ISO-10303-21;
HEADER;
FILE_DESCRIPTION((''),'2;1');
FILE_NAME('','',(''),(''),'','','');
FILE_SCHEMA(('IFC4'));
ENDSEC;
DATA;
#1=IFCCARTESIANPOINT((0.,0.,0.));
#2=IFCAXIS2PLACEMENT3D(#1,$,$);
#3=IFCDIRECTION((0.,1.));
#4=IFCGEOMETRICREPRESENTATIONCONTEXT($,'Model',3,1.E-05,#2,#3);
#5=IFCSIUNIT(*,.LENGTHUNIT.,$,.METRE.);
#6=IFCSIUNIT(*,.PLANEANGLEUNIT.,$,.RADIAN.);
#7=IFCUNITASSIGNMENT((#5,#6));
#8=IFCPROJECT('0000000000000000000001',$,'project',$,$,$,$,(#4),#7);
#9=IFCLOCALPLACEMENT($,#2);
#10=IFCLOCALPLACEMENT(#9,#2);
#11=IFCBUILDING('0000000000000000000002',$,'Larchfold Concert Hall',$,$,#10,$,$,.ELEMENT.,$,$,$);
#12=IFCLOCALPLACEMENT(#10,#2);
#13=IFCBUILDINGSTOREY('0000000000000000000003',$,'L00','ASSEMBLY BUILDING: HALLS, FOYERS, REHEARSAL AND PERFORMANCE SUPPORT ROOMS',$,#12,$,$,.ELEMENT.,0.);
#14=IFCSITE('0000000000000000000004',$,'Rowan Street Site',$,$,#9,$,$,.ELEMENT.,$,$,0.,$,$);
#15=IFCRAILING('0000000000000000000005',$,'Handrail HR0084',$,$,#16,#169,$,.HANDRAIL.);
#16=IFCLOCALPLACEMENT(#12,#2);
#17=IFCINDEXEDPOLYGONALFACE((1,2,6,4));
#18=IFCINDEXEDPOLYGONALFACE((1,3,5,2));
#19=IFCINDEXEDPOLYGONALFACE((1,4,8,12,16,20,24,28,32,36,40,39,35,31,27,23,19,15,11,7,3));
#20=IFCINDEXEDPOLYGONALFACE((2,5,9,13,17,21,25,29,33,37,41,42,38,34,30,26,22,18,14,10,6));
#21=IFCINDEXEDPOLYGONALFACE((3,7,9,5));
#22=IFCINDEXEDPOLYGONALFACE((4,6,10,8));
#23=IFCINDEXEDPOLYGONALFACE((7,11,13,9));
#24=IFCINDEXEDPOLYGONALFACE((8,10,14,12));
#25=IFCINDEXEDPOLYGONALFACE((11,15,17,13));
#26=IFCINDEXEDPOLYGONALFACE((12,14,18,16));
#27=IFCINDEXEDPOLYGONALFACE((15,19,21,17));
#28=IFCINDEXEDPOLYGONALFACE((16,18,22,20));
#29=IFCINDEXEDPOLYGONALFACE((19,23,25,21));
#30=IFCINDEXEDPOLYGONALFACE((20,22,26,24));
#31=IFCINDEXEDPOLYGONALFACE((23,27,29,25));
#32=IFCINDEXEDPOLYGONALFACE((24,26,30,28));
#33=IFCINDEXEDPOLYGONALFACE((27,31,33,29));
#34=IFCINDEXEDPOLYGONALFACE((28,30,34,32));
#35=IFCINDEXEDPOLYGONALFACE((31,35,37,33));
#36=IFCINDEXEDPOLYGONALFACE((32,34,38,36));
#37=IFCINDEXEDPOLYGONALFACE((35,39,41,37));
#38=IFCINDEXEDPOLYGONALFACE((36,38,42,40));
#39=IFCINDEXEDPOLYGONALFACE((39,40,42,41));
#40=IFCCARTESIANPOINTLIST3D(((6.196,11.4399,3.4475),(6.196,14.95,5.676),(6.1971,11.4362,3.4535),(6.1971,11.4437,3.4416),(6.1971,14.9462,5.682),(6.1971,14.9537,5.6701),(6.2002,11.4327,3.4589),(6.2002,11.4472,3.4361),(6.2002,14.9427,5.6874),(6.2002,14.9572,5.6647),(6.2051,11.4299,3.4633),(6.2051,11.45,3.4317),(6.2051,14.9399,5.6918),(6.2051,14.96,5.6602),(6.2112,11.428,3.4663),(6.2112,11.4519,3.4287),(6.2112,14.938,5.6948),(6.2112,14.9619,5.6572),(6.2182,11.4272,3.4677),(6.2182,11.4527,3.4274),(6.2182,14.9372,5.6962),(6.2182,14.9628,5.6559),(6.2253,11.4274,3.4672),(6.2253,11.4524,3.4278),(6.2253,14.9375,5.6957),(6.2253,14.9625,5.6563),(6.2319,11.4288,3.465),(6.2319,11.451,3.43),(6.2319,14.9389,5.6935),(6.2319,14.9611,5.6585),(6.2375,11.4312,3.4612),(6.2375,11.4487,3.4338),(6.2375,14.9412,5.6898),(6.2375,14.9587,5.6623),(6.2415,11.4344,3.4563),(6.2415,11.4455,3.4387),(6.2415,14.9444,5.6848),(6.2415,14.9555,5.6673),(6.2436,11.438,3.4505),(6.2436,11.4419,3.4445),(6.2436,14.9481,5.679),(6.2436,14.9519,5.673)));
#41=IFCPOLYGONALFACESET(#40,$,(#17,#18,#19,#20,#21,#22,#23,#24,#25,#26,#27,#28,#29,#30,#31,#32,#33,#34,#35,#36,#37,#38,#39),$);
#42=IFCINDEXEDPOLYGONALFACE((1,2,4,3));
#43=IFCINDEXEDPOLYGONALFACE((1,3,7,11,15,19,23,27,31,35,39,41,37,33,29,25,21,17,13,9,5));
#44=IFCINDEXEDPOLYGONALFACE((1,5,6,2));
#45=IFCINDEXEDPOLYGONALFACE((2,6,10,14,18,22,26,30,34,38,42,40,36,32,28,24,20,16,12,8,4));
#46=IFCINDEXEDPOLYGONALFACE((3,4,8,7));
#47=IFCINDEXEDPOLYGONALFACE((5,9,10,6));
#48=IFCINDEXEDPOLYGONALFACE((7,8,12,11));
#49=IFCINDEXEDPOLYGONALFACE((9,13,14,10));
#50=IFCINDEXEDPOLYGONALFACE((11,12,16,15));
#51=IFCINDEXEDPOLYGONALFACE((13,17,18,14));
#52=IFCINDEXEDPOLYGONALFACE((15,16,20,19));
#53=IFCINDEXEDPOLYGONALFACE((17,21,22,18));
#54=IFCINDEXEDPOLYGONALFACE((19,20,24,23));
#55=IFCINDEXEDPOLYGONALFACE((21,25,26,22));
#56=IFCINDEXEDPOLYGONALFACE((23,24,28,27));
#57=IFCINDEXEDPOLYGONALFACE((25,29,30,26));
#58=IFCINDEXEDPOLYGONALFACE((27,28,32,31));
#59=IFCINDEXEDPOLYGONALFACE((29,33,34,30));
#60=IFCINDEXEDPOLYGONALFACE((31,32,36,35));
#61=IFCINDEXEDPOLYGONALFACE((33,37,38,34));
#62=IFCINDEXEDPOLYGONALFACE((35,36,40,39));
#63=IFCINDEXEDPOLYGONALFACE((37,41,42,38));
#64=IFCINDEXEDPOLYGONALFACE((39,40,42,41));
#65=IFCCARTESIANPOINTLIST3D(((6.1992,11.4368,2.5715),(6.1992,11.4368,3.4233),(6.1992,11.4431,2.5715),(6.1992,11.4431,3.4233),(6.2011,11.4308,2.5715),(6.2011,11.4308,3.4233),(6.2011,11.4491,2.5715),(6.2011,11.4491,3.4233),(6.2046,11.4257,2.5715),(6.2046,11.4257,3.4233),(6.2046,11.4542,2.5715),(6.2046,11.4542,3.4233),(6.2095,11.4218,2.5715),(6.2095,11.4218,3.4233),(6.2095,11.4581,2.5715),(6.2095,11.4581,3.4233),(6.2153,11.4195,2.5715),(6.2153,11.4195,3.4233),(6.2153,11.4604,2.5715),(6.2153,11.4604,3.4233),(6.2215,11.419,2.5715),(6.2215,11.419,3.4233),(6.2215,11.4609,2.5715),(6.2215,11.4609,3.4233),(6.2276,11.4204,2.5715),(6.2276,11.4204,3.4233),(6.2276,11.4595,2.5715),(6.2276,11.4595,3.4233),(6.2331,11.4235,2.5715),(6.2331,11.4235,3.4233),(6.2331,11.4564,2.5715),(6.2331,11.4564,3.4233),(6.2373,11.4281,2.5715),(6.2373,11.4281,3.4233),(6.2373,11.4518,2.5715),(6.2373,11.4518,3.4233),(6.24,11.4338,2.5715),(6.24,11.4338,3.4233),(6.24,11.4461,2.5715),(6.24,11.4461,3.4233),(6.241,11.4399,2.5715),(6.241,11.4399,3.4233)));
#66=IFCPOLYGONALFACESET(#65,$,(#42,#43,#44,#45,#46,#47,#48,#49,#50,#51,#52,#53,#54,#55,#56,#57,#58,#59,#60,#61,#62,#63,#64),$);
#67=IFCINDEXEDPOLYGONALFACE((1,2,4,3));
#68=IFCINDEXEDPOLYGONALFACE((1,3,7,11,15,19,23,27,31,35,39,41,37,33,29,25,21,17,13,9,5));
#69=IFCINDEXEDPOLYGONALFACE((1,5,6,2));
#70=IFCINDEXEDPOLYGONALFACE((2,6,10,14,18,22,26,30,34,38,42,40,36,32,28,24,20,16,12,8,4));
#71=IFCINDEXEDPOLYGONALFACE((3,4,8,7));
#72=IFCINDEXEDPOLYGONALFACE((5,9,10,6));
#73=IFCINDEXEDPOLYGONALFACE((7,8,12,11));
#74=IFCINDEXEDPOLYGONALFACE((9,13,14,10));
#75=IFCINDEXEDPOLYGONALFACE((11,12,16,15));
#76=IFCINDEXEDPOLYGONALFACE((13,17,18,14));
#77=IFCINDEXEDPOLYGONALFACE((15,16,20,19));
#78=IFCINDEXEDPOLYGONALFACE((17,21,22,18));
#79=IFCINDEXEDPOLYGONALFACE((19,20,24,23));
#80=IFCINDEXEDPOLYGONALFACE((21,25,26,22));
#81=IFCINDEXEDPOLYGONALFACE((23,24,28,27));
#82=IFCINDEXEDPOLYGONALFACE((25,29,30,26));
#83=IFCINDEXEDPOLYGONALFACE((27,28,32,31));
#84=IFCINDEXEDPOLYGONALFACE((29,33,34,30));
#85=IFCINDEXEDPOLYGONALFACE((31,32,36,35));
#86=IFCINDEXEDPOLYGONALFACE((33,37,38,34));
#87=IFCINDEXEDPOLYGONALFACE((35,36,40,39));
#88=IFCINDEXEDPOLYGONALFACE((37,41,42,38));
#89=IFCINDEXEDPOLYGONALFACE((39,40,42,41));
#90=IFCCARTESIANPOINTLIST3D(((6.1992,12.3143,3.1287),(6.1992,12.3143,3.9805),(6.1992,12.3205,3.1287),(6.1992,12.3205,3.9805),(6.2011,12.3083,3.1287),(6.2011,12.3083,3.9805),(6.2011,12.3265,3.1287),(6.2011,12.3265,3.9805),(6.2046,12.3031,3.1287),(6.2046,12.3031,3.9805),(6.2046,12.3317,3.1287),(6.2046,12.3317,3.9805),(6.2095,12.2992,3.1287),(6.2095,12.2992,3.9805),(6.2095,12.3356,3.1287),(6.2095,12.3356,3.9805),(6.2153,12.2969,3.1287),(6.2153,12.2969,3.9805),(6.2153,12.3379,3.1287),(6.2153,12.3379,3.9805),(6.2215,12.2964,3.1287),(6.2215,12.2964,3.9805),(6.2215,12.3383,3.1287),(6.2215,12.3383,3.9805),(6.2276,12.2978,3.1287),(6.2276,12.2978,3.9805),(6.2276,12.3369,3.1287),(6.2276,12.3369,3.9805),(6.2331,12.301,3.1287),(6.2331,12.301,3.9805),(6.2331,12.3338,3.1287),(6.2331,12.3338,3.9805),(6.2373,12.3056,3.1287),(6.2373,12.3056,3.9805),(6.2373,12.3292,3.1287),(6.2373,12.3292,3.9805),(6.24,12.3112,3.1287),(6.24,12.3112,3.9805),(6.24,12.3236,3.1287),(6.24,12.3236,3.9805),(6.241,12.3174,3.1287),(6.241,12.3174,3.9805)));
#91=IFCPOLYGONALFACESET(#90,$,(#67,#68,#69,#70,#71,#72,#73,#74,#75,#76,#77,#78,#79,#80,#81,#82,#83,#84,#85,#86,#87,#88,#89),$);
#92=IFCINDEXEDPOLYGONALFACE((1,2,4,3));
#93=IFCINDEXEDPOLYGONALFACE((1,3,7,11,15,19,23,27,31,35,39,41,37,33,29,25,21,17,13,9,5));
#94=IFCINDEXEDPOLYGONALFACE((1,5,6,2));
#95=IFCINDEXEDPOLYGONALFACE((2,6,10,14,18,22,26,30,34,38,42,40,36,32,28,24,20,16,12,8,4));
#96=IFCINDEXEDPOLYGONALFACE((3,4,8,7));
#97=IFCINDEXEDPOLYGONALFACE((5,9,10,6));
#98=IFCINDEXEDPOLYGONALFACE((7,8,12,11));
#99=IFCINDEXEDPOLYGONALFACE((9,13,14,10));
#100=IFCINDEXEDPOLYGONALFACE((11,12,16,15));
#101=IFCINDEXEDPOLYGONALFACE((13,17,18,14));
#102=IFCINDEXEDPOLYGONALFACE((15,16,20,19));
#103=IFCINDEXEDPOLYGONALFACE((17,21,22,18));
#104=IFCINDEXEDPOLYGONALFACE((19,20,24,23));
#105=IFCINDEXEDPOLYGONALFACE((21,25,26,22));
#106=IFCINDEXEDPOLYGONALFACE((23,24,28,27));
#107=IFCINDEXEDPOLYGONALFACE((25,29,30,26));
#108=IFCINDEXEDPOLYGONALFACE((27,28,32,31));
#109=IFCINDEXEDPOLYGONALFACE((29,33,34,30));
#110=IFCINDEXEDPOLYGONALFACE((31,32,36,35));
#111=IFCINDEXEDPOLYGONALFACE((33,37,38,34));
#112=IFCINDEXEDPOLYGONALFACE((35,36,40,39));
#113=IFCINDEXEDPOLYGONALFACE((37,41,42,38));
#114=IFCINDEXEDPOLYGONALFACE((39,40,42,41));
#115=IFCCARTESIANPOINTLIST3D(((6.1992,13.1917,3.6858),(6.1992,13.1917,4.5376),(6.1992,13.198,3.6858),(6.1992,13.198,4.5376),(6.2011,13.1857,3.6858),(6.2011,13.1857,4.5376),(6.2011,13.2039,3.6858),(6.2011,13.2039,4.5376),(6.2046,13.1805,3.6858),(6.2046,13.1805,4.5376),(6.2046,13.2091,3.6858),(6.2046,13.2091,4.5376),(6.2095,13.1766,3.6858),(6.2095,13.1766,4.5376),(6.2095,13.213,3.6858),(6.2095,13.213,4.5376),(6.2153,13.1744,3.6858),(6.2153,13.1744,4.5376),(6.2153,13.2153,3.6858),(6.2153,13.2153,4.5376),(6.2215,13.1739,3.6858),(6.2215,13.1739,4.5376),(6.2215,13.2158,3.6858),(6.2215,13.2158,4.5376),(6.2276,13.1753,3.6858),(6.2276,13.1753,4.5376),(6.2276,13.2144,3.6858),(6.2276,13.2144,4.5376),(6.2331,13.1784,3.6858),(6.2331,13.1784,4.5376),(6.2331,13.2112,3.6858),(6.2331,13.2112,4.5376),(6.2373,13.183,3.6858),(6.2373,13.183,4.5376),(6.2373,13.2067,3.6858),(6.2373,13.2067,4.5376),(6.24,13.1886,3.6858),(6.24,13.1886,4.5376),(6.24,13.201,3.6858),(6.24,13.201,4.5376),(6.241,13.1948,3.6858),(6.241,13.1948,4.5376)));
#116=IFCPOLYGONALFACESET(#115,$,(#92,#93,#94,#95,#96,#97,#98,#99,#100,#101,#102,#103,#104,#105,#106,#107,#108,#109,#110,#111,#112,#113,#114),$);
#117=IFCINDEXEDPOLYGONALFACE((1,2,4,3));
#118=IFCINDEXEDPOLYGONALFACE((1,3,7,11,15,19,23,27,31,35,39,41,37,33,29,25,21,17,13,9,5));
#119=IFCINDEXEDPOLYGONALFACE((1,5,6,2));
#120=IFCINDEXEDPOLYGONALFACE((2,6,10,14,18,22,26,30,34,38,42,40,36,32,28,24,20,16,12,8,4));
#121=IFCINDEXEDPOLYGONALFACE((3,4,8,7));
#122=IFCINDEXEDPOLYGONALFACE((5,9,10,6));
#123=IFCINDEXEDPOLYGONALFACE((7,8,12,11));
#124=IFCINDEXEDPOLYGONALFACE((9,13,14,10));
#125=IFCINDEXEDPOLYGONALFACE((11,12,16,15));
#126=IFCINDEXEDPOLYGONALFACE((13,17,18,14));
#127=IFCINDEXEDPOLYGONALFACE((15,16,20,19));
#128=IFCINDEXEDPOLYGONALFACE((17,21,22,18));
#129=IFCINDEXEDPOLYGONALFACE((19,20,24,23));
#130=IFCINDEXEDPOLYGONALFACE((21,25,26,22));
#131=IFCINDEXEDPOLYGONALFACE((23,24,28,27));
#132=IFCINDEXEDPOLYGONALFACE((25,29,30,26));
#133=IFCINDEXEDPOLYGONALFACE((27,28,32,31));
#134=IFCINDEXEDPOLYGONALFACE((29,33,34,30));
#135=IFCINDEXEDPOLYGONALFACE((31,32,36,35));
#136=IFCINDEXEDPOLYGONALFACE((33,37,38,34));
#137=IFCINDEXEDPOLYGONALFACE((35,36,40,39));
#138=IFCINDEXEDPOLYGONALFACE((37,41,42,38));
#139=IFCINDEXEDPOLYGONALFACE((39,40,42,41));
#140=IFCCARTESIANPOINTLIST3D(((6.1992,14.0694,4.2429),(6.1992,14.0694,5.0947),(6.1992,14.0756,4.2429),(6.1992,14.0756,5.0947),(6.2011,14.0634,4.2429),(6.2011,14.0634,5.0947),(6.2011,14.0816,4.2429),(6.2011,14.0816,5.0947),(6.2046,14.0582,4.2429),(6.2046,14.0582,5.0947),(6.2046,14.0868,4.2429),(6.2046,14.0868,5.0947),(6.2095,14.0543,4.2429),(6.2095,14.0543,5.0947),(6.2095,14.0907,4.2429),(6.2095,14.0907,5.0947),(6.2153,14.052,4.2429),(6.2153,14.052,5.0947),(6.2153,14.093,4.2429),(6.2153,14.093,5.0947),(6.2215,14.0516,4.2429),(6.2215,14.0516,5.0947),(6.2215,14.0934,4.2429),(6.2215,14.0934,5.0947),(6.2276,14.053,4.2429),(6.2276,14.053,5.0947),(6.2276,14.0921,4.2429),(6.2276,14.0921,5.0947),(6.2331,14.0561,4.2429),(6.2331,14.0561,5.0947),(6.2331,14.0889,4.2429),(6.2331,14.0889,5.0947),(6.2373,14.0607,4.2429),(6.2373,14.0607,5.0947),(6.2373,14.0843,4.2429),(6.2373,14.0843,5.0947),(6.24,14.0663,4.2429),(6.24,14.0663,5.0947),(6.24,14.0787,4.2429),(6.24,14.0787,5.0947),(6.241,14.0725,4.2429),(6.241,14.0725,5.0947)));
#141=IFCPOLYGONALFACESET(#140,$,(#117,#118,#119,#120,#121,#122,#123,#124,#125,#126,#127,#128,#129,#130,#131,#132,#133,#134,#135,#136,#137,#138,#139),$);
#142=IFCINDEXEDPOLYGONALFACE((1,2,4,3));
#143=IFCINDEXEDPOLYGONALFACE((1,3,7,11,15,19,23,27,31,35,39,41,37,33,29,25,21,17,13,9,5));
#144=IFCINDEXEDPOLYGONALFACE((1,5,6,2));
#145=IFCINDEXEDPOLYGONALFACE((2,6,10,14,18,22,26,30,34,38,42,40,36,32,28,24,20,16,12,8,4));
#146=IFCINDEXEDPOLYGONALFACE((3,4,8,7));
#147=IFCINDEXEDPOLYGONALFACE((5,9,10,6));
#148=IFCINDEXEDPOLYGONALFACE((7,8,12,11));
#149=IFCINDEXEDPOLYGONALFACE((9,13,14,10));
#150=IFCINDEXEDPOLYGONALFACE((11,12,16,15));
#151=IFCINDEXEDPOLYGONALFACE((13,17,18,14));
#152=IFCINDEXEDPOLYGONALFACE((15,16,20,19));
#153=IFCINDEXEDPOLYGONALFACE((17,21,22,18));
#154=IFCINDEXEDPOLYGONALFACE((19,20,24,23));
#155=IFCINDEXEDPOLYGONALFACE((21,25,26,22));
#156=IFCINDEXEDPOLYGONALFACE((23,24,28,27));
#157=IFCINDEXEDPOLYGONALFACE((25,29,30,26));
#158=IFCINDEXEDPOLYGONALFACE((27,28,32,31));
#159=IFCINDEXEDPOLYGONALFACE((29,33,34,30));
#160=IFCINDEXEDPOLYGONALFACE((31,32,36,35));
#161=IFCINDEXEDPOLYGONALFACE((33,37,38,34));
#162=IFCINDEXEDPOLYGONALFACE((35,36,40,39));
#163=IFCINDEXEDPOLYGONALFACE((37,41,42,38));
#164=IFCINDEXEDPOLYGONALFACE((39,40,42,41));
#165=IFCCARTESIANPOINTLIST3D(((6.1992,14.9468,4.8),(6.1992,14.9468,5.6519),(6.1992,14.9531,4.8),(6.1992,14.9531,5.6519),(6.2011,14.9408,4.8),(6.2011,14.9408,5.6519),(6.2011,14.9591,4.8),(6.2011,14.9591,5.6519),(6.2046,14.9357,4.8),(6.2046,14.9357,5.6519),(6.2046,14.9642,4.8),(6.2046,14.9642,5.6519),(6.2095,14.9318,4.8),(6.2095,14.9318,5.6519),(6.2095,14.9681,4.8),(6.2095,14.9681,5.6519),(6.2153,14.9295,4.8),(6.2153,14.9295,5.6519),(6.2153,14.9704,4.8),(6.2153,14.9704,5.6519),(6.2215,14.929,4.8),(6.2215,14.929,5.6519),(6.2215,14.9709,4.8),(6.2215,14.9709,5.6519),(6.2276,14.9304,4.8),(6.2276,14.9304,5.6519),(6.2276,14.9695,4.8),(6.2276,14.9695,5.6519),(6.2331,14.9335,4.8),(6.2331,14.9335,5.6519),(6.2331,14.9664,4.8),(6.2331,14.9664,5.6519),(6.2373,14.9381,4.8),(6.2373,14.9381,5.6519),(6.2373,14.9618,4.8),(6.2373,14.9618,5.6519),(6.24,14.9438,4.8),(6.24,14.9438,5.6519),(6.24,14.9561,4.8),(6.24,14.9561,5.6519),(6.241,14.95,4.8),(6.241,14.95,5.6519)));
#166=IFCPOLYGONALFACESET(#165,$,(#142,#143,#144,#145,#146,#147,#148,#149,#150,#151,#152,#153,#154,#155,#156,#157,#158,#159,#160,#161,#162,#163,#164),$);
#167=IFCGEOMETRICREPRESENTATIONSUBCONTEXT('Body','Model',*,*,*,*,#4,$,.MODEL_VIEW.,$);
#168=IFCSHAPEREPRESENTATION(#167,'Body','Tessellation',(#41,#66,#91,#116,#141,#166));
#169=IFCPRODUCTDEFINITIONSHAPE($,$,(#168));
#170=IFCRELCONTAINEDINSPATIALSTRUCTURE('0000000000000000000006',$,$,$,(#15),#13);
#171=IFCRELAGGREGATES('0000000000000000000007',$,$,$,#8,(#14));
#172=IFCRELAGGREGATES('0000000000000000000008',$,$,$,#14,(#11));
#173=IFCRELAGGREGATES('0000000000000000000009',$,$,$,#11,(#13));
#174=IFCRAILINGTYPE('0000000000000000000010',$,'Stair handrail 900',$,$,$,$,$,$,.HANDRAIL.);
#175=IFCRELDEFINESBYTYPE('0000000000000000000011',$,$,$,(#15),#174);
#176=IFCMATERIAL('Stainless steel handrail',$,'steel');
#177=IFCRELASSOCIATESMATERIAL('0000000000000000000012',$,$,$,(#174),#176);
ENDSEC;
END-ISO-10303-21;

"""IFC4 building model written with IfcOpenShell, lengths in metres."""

from ifc_helpers import new_model, si_unit, direction, frame, origin, origin_2d, place, context, subcontext, project, spatial, circle, extrude, material, type_object, element, save


model = new_model("IFC4")

# Units and contexts
model_context = context("Model", 3, precision=1e-05, world=origin(), true_north=direction((0.0, 1.0)))
body_context = subcontext(model_context, "Body", "Model", "MODEL_VIEW")
ifc_project = project(units=[si_unit("LENGTHUNIT", "METRE"), si_unit("PLANEANGLEUNIT", "RADIAN")], contexts=[model_context])

# Site, building, storey
site_placement = place(None, origin())
site = spatial("IfcSite", under=ifc_project, at=site_placement, Name="Rowan Street Site", CompositionType="ELEMENT", RefElevation=0.0)
building_placement = place(site_placement, origin())
building = spatial("IfcBuilding", under=site, at=building_placement, Name="Larchfold Concert Hall", CompositionType="ELEMENT")
storey_placement = place(building_placement, origin())
storey = spatial("IfcBuildingStorey", under=building, at=storey_placement, Name="L00", Description="ASSEMBLY BUILDING: HALLS, FOYERS, REHEARSAL AND PERFORMANCE SUPPORT ROOMS", CompositionType="ELEMENT", Elevation=0.0)

# Railing
ifc_material_1 = material(Name="Stainless steel handrail", Category="steel")
railing_type_1 = type_object("IfcRailingType", Name="Stair handrail 900", PredefinedType="HANDRAIL", material=ifc_material_1)
railing_1_placement = place(storey_placement, frame((6.22, 11.4399, 2.5715)))
element("IfcRailing", 1, at=railing_1_placement, inside=storey, type_object=railing_type_1, Name="Handrail HR0084", PredefinedType="HANDRAIL", context=body_context, shape_type="SweptSolid", body=[
    extrude(circle(Radius=0.0239, at=origin_2d()), frame((0.0, 0.0, 0.876), z_axis=(0.0, 0.84422, 0.535998), x_axis=(-1.0, 0.0, 0.0)), (0.0, 0.0, 1.0), 4.1577),
    extrude(circle(Radius=0.021, at=origin_2d()), origin(), (0.0, 0.0, 1.0), 0.8518),
    extrude(circle(Radius=0.021, at=origin_2d()), frame((0.0, 0.8774, 0.5571)), (0.0, 0.0, 1.0), 0.8518),
    extrude(circle(Radius=0.021, at=origin_2d()), frame((0.0, 1.7549, 1.1143)), (0.0, 0.0, 1.0), 0.8518),
    extrude(circle(Radius=0.021, at=origin_2d()), frame((0.0, 2.6326, 1.6714)), (0.0, 0.0, 1.0), 0.8518),
    extrude(circle(Radius=0.021, at=origin_2d()), frame((0.0, 3.51, 2.2285)), (0.0, 0.0, 1.0), 0.8518),
])

save(model, "model.ifc")
